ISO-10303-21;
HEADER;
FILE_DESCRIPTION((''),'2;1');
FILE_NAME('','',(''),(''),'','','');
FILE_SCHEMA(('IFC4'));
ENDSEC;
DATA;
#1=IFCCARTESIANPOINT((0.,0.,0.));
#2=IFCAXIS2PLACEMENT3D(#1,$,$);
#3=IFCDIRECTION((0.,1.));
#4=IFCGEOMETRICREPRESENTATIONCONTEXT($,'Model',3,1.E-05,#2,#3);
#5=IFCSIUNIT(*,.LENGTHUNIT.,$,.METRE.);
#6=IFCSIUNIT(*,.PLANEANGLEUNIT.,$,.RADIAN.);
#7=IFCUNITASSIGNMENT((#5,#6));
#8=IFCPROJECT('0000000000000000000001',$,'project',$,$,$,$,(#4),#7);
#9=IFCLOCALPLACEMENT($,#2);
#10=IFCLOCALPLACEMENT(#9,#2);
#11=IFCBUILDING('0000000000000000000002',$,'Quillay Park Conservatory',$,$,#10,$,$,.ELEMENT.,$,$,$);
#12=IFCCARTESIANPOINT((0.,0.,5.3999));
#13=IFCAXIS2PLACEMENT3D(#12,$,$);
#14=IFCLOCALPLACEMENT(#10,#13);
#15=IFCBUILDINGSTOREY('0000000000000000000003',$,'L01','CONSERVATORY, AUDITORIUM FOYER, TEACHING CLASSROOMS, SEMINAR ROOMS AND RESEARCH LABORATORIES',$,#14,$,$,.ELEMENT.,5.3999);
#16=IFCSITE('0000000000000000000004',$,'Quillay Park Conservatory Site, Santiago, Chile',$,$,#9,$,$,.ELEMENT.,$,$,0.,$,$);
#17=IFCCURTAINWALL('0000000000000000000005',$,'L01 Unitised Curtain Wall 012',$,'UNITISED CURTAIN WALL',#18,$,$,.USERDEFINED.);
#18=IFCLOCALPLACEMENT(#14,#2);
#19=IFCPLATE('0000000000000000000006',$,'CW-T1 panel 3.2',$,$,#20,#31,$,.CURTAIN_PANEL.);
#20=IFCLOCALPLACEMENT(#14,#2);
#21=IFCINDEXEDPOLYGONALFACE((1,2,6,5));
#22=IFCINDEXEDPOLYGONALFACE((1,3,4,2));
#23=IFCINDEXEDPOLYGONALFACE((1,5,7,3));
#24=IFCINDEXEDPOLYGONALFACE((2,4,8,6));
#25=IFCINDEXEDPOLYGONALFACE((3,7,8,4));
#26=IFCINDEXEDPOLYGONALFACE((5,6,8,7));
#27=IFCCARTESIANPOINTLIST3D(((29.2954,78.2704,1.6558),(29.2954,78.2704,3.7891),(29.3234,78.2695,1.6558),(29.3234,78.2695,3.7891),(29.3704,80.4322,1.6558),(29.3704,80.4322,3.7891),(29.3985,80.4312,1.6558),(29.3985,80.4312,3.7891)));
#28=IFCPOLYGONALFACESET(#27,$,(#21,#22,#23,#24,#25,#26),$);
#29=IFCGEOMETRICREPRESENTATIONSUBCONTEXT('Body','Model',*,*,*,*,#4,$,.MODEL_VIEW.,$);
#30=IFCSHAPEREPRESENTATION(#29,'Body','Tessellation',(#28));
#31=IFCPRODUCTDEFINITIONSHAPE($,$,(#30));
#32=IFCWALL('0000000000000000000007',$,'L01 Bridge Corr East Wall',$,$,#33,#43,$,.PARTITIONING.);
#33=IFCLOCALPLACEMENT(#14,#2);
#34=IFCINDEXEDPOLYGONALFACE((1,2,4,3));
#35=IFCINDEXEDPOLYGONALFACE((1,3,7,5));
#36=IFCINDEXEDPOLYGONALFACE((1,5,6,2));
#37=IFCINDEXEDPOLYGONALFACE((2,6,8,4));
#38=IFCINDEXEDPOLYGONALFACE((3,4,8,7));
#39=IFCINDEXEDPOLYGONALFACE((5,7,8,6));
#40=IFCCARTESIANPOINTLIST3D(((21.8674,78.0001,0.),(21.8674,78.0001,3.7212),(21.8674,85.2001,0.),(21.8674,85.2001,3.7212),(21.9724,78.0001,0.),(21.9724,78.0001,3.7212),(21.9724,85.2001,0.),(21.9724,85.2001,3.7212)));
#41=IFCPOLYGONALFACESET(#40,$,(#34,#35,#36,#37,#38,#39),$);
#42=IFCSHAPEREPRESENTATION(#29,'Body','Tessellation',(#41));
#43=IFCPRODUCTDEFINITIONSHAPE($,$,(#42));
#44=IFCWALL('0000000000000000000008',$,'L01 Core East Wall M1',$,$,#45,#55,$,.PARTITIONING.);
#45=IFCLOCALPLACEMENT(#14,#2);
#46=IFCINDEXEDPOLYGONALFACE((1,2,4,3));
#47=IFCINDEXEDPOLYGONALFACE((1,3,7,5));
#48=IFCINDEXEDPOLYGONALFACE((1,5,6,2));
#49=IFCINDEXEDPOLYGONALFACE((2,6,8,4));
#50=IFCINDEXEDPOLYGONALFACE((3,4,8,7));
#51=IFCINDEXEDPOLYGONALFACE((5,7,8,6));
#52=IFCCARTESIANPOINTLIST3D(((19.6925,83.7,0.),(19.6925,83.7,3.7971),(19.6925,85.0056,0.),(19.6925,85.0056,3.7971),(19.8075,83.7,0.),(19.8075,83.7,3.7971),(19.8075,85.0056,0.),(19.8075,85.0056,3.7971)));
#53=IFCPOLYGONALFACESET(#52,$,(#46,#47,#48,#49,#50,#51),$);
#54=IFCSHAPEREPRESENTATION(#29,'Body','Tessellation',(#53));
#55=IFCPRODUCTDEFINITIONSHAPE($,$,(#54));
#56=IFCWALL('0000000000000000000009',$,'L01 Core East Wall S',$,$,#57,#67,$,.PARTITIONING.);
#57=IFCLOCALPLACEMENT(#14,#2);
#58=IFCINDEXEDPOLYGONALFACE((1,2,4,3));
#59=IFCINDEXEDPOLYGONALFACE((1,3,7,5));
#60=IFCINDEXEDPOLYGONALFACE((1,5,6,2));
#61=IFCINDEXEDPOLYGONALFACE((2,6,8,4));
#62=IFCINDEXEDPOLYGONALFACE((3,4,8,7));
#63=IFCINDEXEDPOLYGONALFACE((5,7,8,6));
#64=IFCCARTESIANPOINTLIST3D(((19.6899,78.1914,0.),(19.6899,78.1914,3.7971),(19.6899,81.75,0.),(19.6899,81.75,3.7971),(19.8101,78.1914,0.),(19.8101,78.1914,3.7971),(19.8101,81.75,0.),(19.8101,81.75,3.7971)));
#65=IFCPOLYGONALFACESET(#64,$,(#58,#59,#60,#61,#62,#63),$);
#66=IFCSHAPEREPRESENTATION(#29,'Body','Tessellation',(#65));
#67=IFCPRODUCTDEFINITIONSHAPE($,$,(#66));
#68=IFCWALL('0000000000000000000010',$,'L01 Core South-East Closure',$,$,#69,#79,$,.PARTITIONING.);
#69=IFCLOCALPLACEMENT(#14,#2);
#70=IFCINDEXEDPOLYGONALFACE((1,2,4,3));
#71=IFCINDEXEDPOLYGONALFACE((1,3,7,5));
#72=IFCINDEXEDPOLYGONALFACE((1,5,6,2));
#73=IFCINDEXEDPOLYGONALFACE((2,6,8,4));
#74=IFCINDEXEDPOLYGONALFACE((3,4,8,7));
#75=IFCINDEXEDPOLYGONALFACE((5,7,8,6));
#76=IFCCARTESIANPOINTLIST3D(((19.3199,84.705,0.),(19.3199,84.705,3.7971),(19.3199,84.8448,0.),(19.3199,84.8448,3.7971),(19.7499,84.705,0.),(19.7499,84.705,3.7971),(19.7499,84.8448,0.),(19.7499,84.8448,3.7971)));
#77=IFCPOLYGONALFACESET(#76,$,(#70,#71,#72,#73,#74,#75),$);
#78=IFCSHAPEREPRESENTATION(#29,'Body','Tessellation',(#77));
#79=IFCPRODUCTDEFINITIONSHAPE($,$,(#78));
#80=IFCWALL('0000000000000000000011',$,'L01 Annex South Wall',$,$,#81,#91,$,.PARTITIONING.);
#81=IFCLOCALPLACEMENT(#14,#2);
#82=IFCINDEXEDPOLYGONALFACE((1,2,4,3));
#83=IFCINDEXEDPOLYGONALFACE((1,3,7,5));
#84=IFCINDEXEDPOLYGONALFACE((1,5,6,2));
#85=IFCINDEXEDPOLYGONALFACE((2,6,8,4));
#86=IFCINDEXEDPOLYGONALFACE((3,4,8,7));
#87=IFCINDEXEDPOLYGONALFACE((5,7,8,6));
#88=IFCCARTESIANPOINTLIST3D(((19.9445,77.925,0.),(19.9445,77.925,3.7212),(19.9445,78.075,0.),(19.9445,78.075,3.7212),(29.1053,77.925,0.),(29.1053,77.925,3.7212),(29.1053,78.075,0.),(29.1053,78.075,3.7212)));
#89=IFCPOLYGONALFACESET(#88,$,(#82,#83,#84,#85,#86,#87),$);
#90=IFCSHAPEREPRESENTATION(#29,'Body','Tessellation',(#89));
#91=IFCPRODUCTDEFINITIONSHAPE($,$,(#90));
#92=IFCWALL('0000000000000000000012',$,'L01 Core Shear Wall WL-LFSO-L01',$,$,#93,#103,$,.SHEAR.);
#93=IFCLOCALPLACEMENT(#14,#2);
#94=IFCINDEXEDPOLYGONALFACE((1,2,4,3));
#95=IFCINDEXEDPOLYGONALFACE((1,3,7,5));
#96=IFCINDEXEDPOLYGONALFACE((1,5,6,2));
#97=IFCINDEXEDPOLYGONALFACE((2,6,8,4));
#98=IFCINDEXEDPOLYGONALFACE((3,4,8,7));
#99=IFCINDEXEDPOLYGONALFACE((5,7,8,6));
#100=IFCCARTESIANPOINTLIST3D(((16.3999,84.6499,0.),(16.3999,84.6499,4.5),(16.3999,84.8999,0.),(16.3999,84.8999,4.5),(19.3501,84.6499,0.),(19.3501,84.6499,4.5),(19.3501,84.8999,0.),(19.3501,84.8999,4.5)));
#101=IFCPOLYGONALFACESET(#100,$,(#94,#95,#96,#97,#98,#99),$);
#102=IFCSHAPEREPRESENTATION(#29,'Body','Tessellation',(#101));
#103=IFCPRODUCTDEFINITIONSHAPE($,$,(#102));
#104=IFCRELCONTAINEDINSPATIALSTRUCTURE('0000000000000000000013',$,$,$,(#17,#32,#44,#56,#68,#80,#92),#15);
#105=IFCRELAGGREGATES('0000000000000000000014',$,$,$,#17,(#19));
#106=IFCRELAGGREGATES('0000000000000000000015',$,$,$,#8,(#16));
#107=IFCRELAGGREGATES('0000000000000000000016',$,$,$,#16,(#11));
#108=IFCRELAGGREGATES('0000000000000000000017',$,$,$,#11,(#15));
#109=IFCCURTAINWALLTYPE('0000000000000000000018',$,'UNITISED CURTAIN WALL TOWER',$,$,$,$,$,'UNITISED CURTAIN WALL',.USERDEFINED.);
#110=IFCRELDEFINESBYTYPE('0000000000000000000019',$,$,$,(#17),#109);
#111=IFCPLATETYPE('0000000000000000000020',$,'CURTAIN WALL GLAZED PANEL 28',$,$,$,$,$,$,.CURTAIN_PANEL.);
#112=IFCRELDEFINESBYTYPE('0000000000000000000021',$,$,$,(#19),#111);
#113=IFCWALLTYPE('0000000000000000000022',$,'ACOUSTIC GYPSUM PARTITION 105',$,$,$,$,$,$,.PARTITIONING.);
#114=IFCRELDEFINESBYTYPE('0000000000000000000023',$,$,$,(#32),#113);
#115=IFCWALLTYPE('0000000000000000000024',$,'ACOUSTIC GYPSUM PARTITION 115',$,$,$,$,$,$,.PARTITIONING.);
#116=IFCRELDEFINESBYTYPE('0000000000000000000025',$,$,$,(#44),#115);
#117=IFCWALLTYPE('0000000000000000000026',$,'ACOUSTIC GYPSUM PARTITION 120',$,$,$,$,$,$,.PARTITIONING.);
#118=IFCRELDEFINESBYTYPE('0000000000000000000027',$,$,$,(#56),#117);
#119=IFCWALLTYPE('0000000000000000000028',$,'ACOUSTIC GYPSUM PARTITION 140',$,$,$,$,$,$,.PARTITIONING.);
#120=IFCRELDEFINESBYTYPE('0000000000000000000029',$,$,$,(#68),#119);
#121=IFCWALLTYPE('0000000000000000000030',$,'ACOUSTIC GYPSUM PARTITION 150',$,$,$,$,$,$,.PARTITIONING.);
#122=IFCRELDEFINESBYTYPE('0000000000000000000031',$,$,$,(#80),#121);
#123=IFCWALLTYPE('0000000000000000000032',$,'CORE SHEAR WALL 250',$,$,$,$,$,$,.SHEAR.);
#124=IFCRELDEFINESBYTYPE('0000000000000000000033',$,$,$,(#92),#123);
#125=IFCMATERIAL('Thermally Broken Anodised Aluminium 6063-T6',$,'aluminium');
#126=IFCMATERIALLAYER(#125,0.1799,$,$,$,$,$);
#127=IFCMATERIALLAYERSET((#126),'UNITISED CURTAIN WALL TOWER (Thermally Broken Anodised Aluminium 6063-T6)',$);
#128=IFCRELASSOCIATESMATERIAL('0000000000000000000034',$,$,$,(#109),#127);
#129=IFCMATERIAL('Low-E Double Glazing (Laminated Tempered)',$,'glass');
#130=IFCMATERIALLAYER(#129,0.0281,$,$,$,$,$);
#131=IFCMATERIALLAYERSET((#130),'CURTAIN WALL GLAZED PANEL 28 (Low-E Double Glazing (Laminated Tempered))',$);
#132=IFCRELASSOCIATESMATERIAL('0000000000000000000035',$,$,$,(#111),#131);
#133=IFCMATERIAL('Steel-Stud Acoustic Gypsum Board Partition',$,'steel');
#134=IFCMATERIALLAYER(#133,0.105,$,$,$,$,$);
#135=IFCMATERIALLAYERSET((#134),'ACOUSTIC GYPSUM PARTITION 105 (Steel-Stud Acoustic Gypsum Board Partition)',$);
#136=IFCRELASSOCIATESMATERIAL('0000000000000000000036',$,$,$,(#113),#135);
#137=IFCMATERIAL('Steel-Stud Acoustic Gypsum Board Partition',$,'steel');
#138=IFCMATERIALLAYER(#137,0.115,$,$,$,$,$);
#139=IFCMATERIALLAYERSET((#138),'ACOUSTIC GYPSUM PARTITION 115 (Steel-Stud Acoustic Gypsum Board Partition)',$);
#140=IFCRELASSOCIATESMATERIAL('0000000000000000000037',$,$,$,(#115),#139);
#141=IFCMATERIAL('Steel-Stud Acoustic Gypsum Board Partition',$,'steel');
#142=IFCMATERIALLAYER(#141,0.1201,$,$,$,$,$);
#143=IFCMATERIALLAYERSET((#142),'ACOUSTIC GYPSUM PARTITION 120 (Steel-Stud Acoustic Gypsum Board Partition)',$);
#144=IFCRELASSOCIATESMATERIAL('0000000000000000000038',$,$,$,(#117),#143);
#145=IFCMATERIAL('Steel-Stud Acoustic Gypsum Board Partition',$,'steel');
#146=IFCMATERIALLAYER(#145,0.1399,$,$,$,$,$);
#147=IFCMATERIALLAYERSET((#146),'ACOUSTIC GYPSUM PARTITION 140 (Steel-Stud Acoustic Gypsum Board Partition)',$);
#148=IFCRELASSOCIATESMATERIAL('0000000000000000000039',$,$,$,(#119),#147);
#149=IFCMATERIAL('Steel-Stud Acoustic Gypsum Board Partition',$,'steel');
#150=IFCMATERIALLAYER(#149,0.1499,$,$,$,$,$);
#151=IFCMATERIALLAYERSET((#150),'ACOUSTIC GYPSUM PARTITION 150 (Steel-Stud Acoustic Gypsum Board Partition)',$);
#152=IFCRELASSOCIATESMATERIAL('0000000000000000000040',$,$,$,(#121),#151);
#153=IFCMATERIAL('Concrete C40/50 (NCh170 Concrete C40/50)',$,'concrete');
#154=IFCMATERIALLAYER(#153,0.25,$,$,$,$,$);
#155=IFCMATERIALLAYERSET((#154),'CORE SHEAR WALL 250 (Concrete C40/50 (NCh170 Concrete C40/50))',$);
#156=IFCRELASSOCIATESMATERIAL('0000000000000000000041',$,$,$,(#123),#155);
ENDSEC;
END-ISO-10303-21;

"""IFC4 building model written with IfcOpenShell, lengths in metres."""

from ifc_helpers import new_model, si_unit, direction, frame, frame_2d, origin, origin_2d, place, context, subcontext, project, spatial, rectangle, extrude, material, layer, layer_set, type_object, element, aggregate, save


model = new_model("IFC4")

# Units and contexts
model_context = context("Model", 3, precision=1e-05, world=origin(), true_north=direction((0.0, 1.0)))
body_context = subcontext(model_context, "Body", "Model", "MODEL_VIEW")
ifc_project = project(units=[si_unit("LENGTHUNIT", "METRE"), si_unit("PLANEANGLEUNIT", "RADIAN")], contexts=[model_context])

# Site, building, storey
site_placement = place(None, origin())
site = spatial("IfcSite", under=ifc_project, at=site_placement, Name="Quillay Park Conservatory Site, Santiago, Chile", CompositionType="ELEMENT", RefElevation=0.0)
building_placement = place(site_placement, origin())
building = spatial("IfcBuilding", under=site, at=building_placement, Name="Quillay Park Conservatory", CompositionType="ELEMENT")
storey_placement = place(building_placement, frame((0.0, 0.0, 5.3999)))
storey = spatial("IfcBuildingStorey", under=building, at=storey_placement, Name="L01", Description="CONSERVATORY, AUDITORIUM FOYER, TEACHING CLASSROOMS, SEMINAR ROOMS AND RESEARCH LABORATORIES", CompositionType="ELEMENT", Elevation=5.3999)

# Curtain wall
ifc_material_1 = material(Name="Thermally Broken Anodised Aluminium 6063-T6", Category="aluminium")
ifc_layer_1 = layer(ifc_material_1, 0.1799)
ifc_layer_set_1 = layer_set([ifc_layer_1], Name="UNITISED CURTAIN WALL TOWER (Thermally Broken Anodised Aluminium 6063-T6)")
curtain_wall_type = type_object("IfcCurtainWallType", Name="UNITISED CURTAIN WALL TOWER", ElementType="UNITISED CURTAIN WALL", PredefinedType="USERDEFINED", material=ifc_layer_set_1)
curtain_wall_placement = place(storey_placement, origin())
curtain_wall = element("IfcCurtainWall", 1, at=curtain_wall_placement, inside=storey, type_object=curtain_wall_type, Name="L01 Unitised Curtain Wall 012", ObjectType="UNITISED CURTAIN WALL", PredefinedType="USERDEFINED")

# Plate
ifc_material_2 = material(Name="Low-E Double Glazing (Laminated Tempered)", Category="glass")
ifc_layer_2 = layer(ifc_material_2, 0.0281)
ifc_layer_set_2 = layer_set([ifc_layer_2], Name="CURTAIN WALL GLAZED PANEL 28 (Low-E Double Glazing (Laminated Tempered))")
plate_type = type_object("IfcPlateType", Name="CURTAIN WALL GLAZED PANEL 28", PredefinedType="CURTAIN_PANEL", material=ifc_layer_set_2)
plate_1_placement = place(storey_placement, frame((29.3469, 79.3508, 1.6558), z_axis=(0.0, 0.0, 1.0), x_axis=(-0.034713, -0.999397, 0.0)))
plate_1 = element("IfcPlate", 2, at=plate_1_placement, type_object=plate_type, Name="CW-T1 panel 3.2", PredefinedType="CURTAIN_PANEL", context=body_context, shape_type="SweptSolid", body=[
    extrude(rectangle(XDim=2.1631, YDim=0.0281, at=origin_2d()), origin(), (0.0, 0.0, 1.0), 2.1333),
])
aggregate(curtain_wall, [plate_1])

# Walls
ifc_material_3 = material(Name="Steel-Stud Acoustic Gypsum Board Partition", Category="steel")
ifc_layer_3 = layer(ifc_material_3, 0.105)
ifc_layer_set_3 = layer_set([ifc_layer_3], Name="ACOUSTIC GYPSUM PARTITION 105 (Steel-Stud Acoustic Gypsum Board Partition)")
wall_type_1 = type_object("IfcWallType", Name="ACOUSTIC GYPSUM PARTITION 105", PredefinedType="PARTITIONING", material=ifc_layer_set_3)
wall_1_placement = place(storey_placement, frame((21.9199, 78.0, 0.0), z_axis=(0.0, 0.0, 1.0), x_axis=(0.0, 1.0, 0.0)))
element("IfcWall", 3, at=wall_1_placement, inside=storey, type_object=wall_type_1, Name="L01 Bridge Corr East Wall", PredefinedType="PARTITIONING", context=body_context, shape_type="SweptSolid", body=[
    extrude(rectangle(XDim=7.2, YDim=0.105, at=frame_2d((3.6001, 0.0))), origin(), (0.0, 0.0, 1.0), 3.7212),
])
ifc_material_4 = material(Name="Steel-Stud Acoustic Gypsum Board Partition", Category="steel")
ifc_layer_4 = layer(ifc_material_4, 0.115)
ifc_layer_set_4 = layer_set([ifc_layer_4], Name="ACOUSTIC GYPSUM PARTITION 115 (Steel-Stud Acoustic Gypsum Board Partition)")
wall_type_2 = type_object("IfcWallType", Name="ACOUSTIC GYPSUM PARTITION 115", PredefinedType="PARTITIONING", material=ifc_layer_set_4)
wall_2_placement = place(storey_placement, frame((19.75, 83.7, 0.0), z_axis=(0.0, 0.0, 1.0), x_axis=(0.0, 1.0, 0.0)))
element("IfcWall", 4, at=wall_2_placement, inside=storey, type_object=wall_type_2, Name="L01 Core East Wall M1", PredefinedType="PARTITIONING", context=body_context, shape_type="SweptSolid", body=[
    extrude(rectangle(XDim=1.3057, YDim=0.115, at=frame_2d((0.6528, 0.0))), origin(), (0.0, 0.0, 1.0), 3.7971),
])
ifc_material_5 = material(Name="Steel-Stud Acoustic Gypsum Board Partition", Category="steel")
ifc_layer_5 = layer(ifc_material_5, 0.1201)
ifc_layer_set_5 = layer_set([ifc_layer_5], Name="ACOUSTIC GYPSUM PARTITION 120 (Steel-Stud Acoustic Gypsum Board Partition)")
wall_type_3 = type_object("IfcWallType", Name="ACOUSTIC GYPSUM PARTITION 120", PredefinedType="PARTITIONING", material=ifc_layer_set_5)
wall_3_placement = place(storey_placement, frame((19.75, 78.1914, 0.0), z_axis=(0.0, 0.0, 1.0), x_axis=(0.0, 1.0, 0.0)))
element("IfcWall", 5, at=wall_3_placement, inside=storey, type_object=wall_type_3, Name="L01 Core East Wall S", PredefinedType="PARTITIONING", context=body_context, shape_type="SweptSolid", body=[
    extrude(rectangle(XDim=3.5586, YDim=0.1201, at=frame_2d((1.7793, 0.0))), origin(), (0.0, 0.0, 1.0), 3.7971),
])
ifc_material_6 = material(Name="Steel-Stud Acoustic Gypsum Board Partition", Category="steel")
ifc_layer_6 = layer(ifc_material_6, 0.1399)
ifc_layer_set_6 = layer_set([ifc_layer_6], Name="ACOUSTIC GYPSUM PARTITION 140 (Steel-Stud Acoustic Gypsum Board Partition)")
wall_type_4 = type_object("IfcWallType", Name="ACOUSTIC GYPSUM PARTITION 140", PredefinedType="PARTITIONING", material=ifc_layer_set_6)
wall_4_placement = place(storey_placement, frame((19.3201, 84.7749, 0.0), z_axis=(0.0, 0.0, 1.0), x_axis=(1.0, 0.0, 0.0)))
element("IfcWall", 6, at=wall_4_placement, inside=storey, type_object=wall_type_4, Name="L01 Core South-East Closure", PredefinedType="PARTITIONING", context=body_context, shape_type="SweptSolid", body=[
    extrude(rectangle(XDim=0.4299, YDim=0.1399, at=frame_2d((0.2148, 0.0))), origin(), (0.0, 0.0, 1.0), 3.7971),
])
ifc_material_7 = material(Name="Steel-Stud Acoustic Gypsum Board Partition", Category="steel")
ifc_layer_7 = layer(ifc_material_7, 0.1499)
ifc_layer_set_7 = layer_set([ifc_layer_7], Name="ACOUSTIC GYPSUM PARTITION 150 (Steel-Stud Acoustic Gypsum Board Partition)")
wall_type_5 = type_object("IfcWallType", Name="ACOUSTIC GYPSUM PARTITION 150", PredefinedType="PARTITIONING", material=ifc_layer_set_7)
wall_5_placement = place(storey_placement, frame((29.1055, 78.0, 0.0), z_axis=(0.0, 0.0, 1.0), x_axis=(-1.0, 0.0, 0.0)))
element("IfcWall", 7, at=wall_5_placement, inside=storey, type_object=wall_type_5, Name="L01 Annex South Wall", PredefinedType="PARTITIONING", context=body_context, shape_type="SweptSolid", body=[
    extrude(rectangle(XDim=9.1609, YDim=0.1499, at=frame_2d((4.5806, 0.0))), origin(), (0.0, 0.0, 1.0), 3.7212),
])
ifc_material_8 = material(Name="Concrete C40/50 (NCh170 Concrete C40/50)", Category="concrete")
ifc_layer_8 = layer(ifc_material_8, 0.25)
ifc_layer_set_8 = layer_set([ifc_layer_8], Name="CORE SHEAR WALL 250 (Concrete C40/50 (NCh170 Concrete C40/50))")
wall_type_6 = type_object("IfcWallType", Name="CORE SHEAR WALL 250", PredefinedType="SHEAR", material=ifc_layer_set_8)
wall_6_placement = place(storey_placement, frame((16.3999, 84.7749, 0.0), z_axis=(0.0, 0.0, 1.0), x_axis=(1.0, 0.0, 0.0)))
element("IfcWall", 8, at=wall_6_placement, inside=storey, type_object=wall_type_6, Name="L01 Core Shear Wall WL-LFSO-L01", PredefinedType="SHEAR", context=body_context, shape_type="SweptSolid", body=[
    extrude(rectangle(XDim=2.9502, YDim=0.25, at=frame_2d((1.4751, 0.0))), origin(), (0.0, 0.0, 1.0), 4.5),
])

save(model, "model.ifc")
